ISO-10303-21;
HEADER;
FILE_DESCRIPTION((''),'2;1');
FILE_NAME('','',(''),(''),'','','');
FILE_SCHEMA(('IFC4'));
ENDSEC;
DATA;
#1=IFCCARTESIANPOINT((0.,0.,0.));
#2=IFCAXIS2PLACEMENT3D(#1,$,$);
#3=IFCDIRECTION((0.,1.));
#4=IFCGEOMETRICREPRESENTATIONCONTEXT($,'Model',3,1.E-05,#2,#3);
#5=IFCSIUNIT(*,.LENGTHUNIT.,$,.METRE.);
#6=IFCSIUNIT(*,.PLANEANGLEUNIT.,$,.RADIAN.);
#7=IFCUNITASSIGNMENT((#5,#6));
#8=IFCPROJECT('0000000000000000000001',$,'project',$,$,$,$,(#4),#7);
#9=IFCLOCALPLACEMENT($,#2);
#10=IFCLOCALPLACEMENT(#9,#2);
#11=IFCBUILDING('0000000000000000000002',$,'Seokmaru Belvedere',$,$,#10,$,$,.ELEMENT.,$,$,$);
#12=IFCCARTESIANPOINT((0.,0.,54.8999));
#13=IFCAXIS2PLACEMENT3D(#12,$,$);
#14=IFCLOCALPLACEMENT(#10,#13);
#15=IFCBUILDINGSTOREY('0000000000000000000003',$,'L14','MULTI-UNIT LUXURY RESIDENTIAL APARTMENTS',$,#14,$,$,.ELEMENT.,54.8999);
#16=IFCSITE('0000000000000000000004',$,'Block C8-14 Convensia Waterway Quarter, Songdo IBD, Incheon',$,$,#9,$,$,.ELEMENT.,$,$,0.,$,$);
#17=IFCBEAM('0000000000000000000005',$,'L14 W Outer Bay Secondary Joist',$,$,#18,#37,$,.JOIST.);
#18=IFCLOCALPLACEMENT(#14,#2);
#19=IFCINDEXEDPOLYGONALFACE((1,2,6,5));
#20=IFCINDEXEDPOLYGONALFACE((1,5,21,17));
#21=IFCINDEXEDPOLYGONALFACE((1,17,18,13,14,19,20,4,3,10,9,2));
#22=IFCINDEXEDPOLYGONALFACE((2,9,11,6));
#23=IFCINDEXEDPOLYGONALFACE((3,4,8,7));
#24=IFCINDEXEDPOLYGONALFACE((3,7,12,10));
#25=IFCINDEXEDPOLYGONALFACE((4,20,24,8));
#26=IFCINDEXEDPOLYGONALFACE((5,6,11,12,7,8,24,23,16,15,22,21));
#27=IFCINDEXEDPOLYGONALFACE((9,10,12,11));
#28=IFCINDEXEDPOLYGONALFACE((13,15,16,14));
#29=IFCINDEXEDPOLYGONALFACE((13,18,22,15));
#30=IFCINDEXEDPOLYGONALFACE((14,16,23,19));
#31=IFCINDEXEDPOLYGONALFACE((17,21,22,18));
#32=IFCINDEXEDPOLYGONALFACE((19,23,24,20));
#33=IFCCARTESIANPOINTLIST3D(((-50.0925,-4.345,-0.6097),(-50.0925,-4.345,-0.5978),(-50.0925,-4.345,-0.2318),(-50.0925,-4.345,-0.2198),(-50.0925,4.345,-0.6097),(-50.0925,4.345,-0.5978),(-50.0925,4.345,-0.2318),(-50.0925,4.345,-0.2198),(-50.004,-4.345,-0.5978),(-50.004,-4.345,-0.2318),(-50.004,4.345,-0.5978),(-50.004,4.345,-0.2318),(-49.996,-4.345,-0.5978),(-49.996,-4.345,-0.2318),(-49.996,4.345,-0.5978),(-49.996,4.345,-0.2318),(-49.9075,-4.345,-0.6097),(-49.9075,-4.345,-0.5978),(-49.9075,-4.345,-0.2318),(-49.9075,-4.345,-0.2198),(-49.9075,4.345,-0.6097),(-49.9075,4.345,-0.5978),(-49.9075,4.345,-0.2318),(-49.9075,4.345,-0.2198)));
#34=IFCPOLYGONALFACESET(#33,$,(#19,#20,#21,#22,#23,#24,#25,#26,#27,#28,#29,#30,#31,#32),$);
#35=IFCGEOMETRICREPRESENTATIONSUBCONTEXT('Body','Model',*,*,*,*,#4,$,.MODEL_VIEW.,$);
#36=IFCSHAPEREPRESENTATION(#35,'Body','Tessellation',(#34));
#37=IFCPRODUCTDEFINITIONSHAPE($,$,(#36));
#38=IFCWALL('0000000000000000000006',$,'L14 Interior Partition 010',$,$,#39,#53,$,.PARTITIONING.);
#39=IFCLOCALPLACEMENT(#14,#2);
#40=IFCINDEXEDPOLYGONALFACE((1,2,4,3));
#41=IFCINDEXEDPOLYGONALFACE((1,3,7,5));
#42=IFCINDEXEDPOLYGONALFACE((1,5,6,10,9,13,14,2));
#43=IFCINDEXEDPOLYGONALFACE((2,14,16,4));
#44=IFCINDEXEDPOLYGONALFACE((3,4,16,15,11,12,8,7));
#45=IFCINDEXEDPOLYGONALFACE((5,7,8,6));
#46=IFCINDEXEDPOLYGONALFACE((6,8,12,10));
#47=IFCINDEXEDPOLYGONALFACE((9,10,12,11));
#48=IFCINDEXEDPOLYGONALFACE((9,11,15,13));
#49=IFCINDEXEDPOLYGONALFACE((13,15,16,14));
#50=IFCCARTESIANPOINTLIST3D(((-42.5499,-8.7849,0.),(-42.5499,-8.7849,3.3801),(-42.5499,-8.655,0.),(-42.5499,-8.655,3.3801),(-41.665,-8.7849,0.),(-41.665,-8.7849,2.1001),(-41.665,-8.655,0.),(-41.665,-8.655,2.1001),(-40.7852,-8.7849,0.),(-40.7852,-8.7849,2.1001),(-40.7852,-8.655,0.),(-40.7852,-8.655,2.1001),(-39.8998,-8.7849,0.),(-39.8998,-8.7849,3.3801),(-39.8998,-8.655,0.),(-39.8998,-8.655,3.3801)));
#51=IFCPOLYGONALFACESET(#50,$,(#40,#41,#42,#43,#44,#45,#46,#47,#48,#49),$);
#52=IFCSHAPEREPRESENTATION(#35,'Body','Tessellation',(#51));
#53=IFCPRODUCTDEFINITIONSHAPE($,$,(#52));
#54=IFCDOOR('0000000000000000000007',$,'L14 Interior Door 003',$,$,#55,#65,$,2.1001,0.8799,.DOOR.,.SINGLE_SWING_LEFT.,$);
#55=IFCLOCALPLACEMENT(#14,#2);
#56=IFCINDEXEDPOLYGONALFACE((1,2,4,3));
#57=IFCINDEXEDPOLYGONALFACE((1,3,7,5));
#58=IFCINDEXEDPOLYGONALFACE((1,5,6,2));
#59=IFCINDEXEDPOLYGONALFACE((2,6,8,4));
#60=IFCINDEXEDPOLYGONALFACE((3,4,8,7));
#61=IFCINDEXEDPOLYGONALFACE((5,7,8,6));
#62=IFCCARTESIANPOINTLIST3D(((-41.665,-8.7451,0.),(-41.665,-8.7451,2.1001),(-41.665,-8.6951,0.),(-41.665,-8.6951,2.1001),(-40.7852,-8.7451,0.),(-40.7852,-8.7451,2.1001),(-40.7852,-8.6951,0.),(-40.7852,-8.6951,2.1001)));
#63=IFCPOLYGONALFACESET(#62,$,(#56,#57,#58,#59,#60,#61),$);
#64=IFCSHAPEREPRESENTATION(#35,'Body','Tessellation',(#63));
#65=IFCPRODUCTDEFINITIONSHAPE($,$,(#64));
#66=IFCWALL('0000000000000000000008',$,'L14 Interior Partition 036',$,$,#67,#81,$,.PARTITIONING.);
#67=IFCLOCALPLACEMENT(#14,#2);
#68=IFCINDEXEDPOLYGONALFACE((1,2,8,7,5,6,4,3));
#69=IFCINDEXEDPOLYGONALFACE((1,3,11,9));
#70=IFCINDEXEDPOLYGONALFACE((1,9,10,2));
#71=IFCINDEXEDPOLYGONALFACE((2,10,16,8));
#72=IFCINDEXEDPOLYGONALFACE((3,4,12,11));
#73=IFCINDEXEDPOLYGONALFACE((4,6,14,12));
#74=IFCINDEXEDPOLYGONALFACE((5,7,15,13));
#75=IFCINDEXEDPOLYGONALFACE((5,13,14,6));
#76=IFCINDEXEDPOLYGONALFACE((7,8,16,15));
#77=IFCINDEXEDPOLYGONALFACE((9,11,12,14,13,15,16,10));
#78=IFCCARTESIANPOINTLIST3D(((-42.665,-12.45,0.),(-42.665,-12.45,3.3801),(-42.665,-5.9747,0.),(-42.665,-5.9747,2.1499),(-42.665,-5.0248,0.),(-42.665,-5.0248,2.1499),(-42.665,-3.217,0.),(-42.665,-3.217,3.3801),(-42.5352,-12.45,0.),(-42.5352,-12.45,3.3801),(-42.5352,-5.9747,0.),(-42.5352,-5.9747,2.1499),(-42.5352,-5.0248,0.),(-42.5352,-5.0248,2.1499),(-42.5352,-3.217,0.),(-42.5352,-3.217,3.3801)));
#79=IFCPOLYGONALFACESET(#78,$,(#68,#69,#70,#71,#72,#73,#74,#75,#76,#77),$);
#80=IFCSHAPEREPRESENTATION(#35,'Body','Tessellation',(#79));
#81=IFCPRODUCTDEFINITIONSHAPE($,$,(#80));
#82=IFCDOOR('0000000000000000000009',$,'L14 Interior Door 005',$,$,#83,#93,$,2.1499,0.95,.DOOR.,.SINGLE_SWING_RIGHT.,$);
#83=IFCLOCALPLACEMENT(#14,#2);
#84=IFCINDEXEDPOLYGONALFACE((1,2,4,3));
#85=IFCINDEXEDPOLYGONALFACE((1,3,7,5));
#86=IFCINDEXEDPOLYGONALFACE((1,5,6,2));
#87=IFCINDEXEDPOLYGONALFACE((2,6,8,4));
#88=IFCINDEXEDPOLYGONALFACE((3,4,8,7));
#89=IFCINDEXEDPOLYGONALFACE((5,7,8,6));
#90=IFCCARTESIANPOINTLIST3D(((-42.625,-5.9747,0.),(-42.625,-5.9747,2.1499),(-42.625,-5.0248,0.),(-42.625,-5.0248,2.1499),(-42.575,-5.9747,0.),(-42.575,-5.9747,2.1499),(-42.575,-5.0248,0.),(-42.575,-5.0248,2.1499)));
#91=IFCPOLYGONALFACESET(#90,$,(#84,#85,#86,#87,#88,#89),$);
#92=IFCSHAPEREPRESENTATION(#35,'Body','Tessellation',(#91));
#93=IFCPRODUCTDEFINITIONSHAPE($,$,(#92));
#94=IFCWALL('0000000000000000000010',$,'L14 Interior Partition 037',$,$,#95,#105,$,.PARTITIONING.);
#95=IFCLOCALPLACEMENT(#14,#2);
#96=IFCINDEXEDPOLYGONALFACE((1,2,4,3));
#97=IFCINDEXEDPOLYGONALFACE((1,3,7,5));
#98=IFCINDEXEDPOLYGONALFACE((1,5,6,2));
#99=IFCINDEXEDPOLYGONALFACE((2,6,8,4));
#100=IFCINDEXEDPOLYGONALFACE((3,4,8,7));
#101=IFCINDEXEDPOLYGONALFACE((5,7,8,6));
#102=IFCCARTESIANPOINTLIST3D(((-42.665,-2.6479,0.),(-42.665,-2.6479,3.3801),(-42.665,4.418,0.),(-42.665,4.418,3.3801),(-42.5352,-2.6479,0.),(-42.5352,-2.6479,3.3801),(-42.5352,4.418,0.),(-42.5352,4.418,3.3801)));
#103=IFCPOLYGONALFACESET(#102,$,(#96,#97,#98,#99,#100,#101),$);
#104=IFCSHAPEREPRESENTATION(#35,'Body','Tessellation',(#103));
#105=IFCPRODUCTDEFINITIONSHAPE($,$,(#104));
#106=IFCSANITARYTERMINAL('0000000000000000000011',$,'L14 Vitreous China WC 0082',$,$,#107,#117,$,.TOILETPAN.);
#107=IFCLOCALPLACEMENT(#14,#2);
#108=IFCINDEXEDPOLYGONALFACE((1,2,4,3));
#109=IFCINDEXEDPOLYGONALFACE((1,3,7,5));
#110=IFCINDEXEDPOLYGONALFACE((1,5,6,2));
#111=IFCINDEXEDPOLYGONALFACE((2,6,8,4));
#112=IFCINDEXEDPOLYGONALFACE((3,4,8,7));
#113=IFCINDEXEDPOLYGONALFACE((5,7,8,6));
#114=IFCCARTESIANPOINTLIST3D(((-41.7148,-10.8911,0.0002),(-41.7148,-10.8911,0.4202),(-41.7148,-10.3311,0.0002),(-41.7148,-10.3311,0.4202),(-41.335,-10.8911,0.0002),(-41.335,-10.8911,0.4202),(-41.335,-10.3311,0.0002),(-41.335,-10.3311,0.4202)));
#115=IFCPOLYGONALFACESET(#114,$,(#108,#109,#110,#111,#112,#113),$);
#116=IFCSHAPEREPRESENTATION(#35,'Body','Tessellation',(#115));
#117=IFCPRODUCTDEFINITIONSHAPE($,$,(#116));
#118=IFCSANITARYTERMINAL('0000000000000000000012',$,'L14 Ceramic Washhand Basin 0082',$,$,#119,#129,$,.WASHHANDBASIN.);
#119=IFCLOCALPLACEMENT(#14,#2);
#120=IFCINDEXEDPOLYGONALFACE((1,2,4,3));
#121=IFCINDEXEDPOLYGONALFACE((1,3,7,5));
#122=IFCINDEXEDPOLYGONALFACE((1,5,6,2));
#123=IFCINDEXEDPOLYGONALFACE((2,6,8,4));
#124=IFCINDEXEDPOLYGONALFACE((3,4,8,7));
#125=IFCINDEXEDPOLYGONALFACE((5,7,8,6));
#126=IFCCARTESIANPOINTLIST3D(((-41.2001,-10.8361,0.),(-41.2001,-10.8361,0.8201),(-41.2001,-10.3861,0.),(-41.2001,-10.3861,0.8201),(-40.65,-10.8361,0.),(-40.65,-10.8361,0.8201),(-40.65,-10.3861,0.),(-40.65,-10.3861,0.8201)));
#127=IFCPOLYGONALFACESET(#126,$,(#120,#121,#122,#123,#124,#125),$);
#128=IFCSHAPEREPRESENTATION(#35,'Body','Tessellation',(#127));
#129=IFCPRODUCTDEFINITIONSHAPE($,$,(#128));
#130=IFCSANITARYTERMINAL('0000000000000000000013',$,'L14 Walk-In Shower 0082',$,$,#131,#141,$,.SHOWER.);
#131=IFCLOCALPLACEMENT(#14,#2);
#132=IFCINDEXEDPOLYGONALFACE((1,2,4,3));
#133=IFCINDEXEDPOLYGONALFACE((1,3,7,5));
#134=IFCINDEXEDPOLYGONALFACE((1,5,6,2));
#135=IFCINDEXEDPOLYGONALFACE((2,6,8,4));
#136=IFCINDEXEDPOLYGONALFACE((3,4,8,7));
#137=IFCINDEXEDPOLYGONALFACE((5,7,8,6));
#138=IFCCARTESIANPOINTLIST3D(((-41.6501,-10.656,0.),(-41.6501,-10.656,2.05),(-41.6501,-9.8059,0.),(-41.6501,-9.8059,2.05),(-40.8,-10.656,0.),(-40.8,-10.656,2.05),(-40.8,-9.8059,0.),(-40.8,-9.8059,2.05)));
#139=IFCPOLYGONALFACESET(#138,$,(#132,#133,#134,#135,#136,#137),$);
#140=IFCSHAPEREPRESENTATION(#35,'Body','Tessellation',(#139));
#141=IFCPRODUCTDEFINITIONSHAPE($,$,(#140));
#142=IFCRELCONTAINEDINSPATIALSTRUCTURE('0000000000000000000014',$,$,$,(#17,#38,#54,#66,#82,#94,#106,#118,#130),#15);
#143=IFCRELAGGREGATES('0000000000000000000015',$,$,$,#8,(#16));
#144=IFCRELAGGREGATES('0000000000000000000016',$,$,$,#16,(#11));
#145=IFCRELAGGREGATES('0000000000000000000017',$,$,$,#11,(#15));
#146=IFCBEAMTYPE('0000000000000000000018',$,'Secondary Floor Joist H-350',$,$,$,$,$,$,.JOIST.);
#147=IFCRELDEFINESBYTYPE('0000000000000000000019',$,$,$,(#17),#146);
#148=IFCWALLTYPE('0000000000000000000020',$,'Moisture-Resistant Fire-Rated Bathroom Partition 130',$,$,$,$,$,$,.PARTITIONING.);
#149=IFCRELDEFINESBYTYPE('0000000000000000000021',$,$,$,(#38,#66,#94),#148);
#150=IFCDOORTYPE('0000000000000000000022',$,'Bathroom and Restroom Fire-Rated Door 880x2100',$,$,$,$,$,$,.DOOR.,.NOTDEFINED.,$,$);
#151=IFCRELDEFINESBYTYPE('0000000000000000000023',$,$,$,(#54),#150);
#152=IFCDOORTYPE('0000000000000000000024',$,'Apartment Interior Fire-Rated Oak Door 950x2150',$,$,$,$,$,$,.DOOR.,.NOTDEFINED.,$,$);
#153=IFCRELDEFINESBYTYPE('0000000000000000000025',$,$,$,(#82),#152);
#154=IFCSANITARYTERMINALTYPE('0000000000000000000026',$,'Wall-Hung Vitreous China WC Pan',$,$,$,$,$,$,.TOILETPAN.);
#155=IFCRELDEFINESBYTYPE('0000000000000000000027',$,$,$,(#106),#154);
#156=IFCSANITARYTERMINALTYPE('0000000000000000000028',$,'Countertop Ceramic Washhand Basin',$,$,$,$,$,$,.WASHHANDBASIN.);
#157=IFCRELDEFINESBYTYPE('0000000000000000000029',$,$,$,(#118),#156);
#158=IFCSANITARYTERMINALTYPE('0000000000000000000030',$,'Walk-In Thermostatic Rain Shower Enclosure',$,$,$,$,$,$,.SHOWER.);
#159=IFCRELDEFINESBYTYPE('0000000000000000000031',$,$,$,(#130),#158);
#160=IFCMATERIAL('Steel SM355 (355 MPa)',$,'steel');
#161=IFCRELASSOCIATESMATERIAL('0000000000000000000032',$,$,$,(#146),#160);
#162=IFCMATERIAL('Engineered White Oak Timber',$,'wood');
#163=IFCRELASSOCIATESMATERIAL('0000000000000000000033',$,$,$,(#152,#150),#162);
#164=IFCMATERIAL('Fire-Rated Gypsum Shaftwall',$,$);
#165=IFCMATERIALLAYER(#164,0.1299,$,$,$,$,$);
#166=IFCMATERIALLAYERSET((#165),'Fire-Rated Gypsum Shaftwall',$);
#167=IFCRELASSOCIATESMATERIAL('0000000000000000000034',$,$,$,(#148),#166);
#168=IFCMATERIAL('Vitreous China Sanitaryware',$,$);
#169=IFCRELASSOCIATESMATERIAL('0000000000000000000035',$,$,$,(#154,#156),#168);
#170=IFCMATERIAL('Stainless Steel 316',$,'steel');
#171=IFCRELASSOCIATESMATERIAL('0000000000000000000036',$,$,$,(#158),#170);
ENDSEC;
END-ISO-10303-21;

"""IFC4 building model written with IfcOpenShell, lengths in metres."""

from ifc_helpers import new_model, si_unit, direction, frame, frame_2d, origin, origin_2d, place, context, subcontext, project, spatial, rectangle, i_section, extrude, source, transform, mapped, material, layer, layer_set, material_profile, profile_set, type_object, type_shapes, element, fill, save


model = new_model("IFC4")

# Units and contexts
model_context = context("Model", 3, precision=1e-05, world=origin(), true_north=direction((0.0, 1.0)))
body_context = subcontext(model_context, "Body", "Model", "MODEL_VIEW")
ifc_project = project(units=[si_unit("LENGTHUNIT", "METRE"), si_unit("PLANEANGLEUNIT", "RADIAN")], contexts=[model_context])

# Site, building, storey
site_placement = place(None, origin())
site = spatial("IfcSite", under=ifc_project, at=site_placement, Name="Block C8-14 Convensia Waterway Quarter, Songdo IBD, Incheon", CompositionType="ELEMENT", RefElevation=0.0)
building_placement = place(site_placement, origin())
building = spatial("IfcBuilding", under=site, at=building_placement, Name="Seokmaru Belvedere", CompositionType="ELEMENT")
storey_placement = place(building_placement, frame((0.0, 0.0, 54.8999)))
storey = spatial("IfcBuildingStorey", under=building, at=storey_placement, Name="L14", Description="MULTI-UNIT LUXURY RESIDENTIAL APARTMENTS", CompositionType="ELEMENT", Elevation=54.8999)

# Beam
ifc_material_1 = material(Name="Steel SM355 (355 MPa)", Category="steel")
ifc_material_profile_1 = material_profile(ifc_material_1, i_section(OverallWidth=0.1851, OverallDepth=0.3899, WebThickness=0.0081, FlangeThickness=0.012, at=origin_2d()), Name="H-390x185x8x12")
ifc_profile_set_1 = profile_set([ifc_material_profile_1], Name="Steel SM355 (355 MPa)")
beam_type_1 = type_object("IfcBeamType", Name="Secondary Floor Joist H-350", PredefinedType="JOIST", material=ifc_profile_set_1)
shared_shape_1 = source(origin(), body_context, "Body", "SweptSolid", [
    extrude(i_section(OverallWidth=0.1851, OverallDepth=0.3899, WebThickness=0.0081, FlangeThickness=0.012, at=origin_2d()), origin(), (0.0, 0.0, 1.0), 8.6899),
])
type_shapes(beam_type_1, [shared_shape_1])
for number, where, z_axis, x_axis, name in (
    (1, (-50.0, -4.345, -0.4148), (0.0, 1.0, 0.0), (-1.0, 0.0, 0.0), "L14 W Outer Bay Secondary Joist"),
):
    element("IfcBeam", number, at=place(storey_placement, frame(where, z_axis=z_axis, x_axis=x_axis)), inside=storey, type_object=beam_type_1, Name=name, PredefinedType="JOIST", context=body_context, shape_type="MappedRepresentation", body=[
        mapped(shared_shape_1, transform((0.0, 0.0, 0.0), scale=1.0)),
    ])

# Walls, openings, doors
ifc_material_2 = material(Name="Fire-Rated Gypsum Shaftwall")
ifc_material_3 = material(Name="Engineered White Oak Timber", Category="wood")
door_type_1 = type_object("IfcDoorType", Name="Apartment Interior Fire-Rated Oak Door 950x2150", OperationType="NOTDEFINED", PredefinedType="DOOR", material=ifc_material_3)
shared_shape_2 = source(origin(), body_context, "Body", "SweptSolid", [
    extrude(rectangle(XDim=0.95, YDim=2.1499, at=frame_2d((0.4751, 1.075))), frame((0.0, 0.0249, 0.0), z_axis=(0.0, -1.0, 0.0), x_axis=(1.0, 0.0, 0.0)), (0.0, 0.0, 1.0), 0.05),
])
type_shapes(door_type_1, [shared_shape_2])
ifc_layer_1 = layer(ifc_material_2, 0.1299)
ifc_layer_set_1 = layer_set([ifc_layer_1], Name="Fire-Rated Gypsum Shaftwall")
wall_type_1 = type_object("IfcWallType", Name="Moisture-Resistant Fire-Rated Bathroom Partition 130", PredefinedType="PARTITIONING", material=ifc_layer_set_1)
wall_1_placement = place(storey_placement, frame((-42.55, -8.72, 0.0), z_axis=(0.0, 0.0, 1.0), x_axis=(1.0, 0.0, 0.0)))
wall_1 = element("IfcWall", 2, at=wall_1_placement, inside=storey, type_object=wall_type_1, Name="L14 Interior Partition 010", PredefinedType="PARTITIONING", context=body_context, shape_type="SweptSolid", body=[
    extrude(rectangle(XDim=2.6501, YDim=0.1299, at=frame_2d((1.3252, 0.0))), origin(), (0.0, 0.0, 1.0), 3.3801),
])
opening_1_placement = place(wall_1_placement, frame((0.885, 0.0, 0.0)))
opening_1 = element("IfcOpeningElement", 3, at=opening_1_placement, cuts=wall_1, PredefinedType="OPENING", context=body_context, shape_type="SweptSolid", body=[
    extrude(rectangle(XDim=0.8799, YDim=2.1001, at=frame_2d((0.4399, 1.05))), frame((0.0, 0.075, 0.0), z_axis=(0.0, -1.0, 0.0), x_axis=(1.0, 0.0, 0.0)), (0.0, 0.0, 1.0), 0.1499),
])
door_type_2 = type_object("IfcDoorType", Name="Bathroom and Restroom Fire-Rated Door 880x2100", OperationType="NOTDEFINED", PredefinedType="DOOR", material=ifc_material_3)
shared_shape_3 = source(origin(), body_context, "Body", "SweptSolid", [
    extrude(rectangle(XDim=0.8799, YDim=2.1001, at=frame_2d((0.4399, 1.05))), frame((0.0, 0.0249, 0.0), z_axis=(0.0, -1.0, 0.0), x_axis=(1.0, 0.0, 0.0)), (0.0, 0.0, 1.0), 0.05),
])
type_shapes(door_type_2, [shared_shape_3])
door_1_placement = place(opening_1_placement, origin())
door_1 = element("IfcDoor", 4, at=door_1_placement, inside=storey, type_object=door_type_2, Name="L14 Interior Door 003", OperationType="SINGLE_SWING_LEFT", OverallHeight=2.1001, OverallWidth=0.8799, PredefinedType="DOOR", context=body_context, shape_type="MappedRepresentation", body=[
    mapped(shared_shape_3, transform((0.0, 0.0, 0.0), scale=1.0)),
])
fill(opening_1, door_1)
wall_2_placement = place(storey_placement, frame((-42.6001, -12.45, 0.0), z_axis=(0.0, 0.0, 1.0), x_axis=(0.0, 1.0, 0.0)))
wall_2 = element("IfcWall", 5, at=wall_2_placement, inside=storey, type_object=wall_type_1, Name="L14 Interior Partition 036", PredefinedType="PARTITIONING", context=body_context, shape_type="SweptSolid", body=[
    extrude(rectangle(XDim=9.2329, YDim=0.1299, at=frame_2d((4.6165, 0.0))), origin(), (0.0, 0.0, 1.0), 3.3801),
])
opening_2_placement = place(wall_2_placement, frame((6.4751, 0.0, 0.0)))
opening_2 = element("IfcOpeningElement", 6, at=opening_2_placement, cuts=wall_2, PredefinedType="OPENING", context=body_context, shape_type="SweptSolid", body=[
    extrude(rectangle(XDim=0.95, YDim=2.1499, at=frame_2d((0.4751, 1.075))), frame((0.0, 0.075, 0.0), z_axis=(0.0, -1.0, 0.0), x_axis=(1.0, 0.0, 0.0)), (0.0, 0.0, 1.0), 0.1499),
])
door_2_placement = place(opening_2_placement, origin())
door_2 = element("IfcDoor", 7, at=door_2_placement, inside=storey, type_object=door_type_1, Name="L14 Interior Door 005", OperationType="SINGLE_SWING_RIGHT", OverallHeight=2.1499, OverallWidth=0.95, PredefinedType="DOOR", context=body_context, shape_type="MappedRepresentation", body=[
    mapped(shared_shape_2, transform((0.0, 0.0, 0.0), scale=1.0)),
])
fill(opening_2, door_2)

# Wall
wall_3_placement = place(storey_placement, frame((-42.6001, -2.6479, 0.0), z_axis=(0.0, 0.0, 1.0), x_axis=(0.0, 1.0, 0.0)))
element("IfcWall", 8, at=wall_3_placement, inside=storey, type_object=wall_type_1, Name="L14 Interior Partition 037", PredefinedType="PARTITIONING", context=body_context, shape_type="SweptSolid", body=[
    extrude(rectangle(XDim=7.0659, YDim=0.1299, at=frame_2d((3.533, 0.0))), origin(), (0.0, 0.0, 1.0), 3.3801),
])

# Sanitary terminals
ifc_material_4 = material(Name="Vitreous China Sanitaryware")
sanitary_terminal_type_1 = type_object("IfcSanitaryTerminalType", Name="Wall-Hung Vitreous China WC Pan", PredefinedType="TOILETPAN", material=ifc_material_4)
shared_shape_4 = source(origin(), body_context, "Body", "SweptSolid", [
    extrude(rectangle(XDim=0.3799, YDim=0.5601, at=origin_2d()), origin(), (0.0, 0.0, 1.0), 0.4199),
])
type_shapes(sanitary_terminal_type_1, [shared_shape_4])
sanitary_terminal_1_placement = place(storey_placement, frame((-41.5249, -10.6111, 0.0002), z_axis=(0.0, 0.0, 1.0), x_axis=(1.0, 0.0, 0.0)))
element("IfcSanitaryTerminal", 9, at=sanitary_terminal_1_placement, inside=storey, type_object=sanitary_terminal_type_1, Name="L14 Vitreous China WC 0082", PredefinedType="TOILETPAN", context=body_context, shape_type="MappedRepresentation", body=[
    mapped(shared_shape_4, transform((0.0, 0.0, 0.0), scale=1.0)),
])
sanitary_terminal_type_2 = type_object("IfcSanitaryTerminalType", Name="Countertop Ceramic Washhand Basin", PredefinedType="WASHHANDBASIN", material=ifc_material_4)
shared_shape_5 = source(origin(), body_context, "Body", "SweptSolid", [
    extrude(rectangle(XDim=0.55, YDim=0.45, at=origin_2d()), origin(), (0.0, 0.0, 1.0), 0.8201),
])
type_shapes(sanitary_terminal_type_2, [shared_shape_5])
sanitary_terminal_2_placement = place(storey_placement, frame((-40.925, -10.6111, 0.0), z_axis=(0.0, 0.0, 1.0), x_axis=(1.0, 0.0, 0.0)))
element("IfcSanitaryTerminal", 10, at=sanitary_terminal_2_placement, inside=storey, type_object=sanitary_terminal_type_2, Name="L14 Ceramic Washhand Basin 0082", PredefinedType="WASHHANDBASIN", context=body_context, shape_type="MappedRepresentation", body=[
    mapped(shared_shape_5, transform((0.0, 0.0, 0.0), scale=1.0)),
])
ifc_material_5 = material(Name="Stainless Steel 316", Category="steel")
sanitary_terminal_type_3 = type_object("IfcSanitaryTerminalType", Name="Walk-In Thermostatic Rain Shower Enclosure", PredefinedType="SHOWER", material=ifc_material_5)
shared_shape_6 = source(origin(), body_context, "Body", "SweptSolid", [
    extrude(rectangle(XDim=0.8501, YDim=0.8501, at=origin_2d()), origin(), (0.0, 0.0, 1.0), 2.05),
])
type_shapes(sanitary_terminal_type_3, [shared_shape_6])
sanitary_terminal_3_placement = place(storey_placement, frame((-41.2251, -10.231, 0.0), z_axis=(0.0, 0.0, 1.0), x_axis=(1.0, 0.0, 0.0)))
element("IfcSanitaryTerminal", 11, at=sanitary_terminal_3_placement, inside=storey, type_object=sanitary_terminal_type_3, Name="L14 Walk-In Shower 0082", PredefinedType="SHOWER", context=body_context, shape_type="MappedRepresentation", body=[
    mapped(shared_shape_6, transform((0.0, 0.0, 0.0), scale=1.0)),
])

save(model, "model.ifc")
